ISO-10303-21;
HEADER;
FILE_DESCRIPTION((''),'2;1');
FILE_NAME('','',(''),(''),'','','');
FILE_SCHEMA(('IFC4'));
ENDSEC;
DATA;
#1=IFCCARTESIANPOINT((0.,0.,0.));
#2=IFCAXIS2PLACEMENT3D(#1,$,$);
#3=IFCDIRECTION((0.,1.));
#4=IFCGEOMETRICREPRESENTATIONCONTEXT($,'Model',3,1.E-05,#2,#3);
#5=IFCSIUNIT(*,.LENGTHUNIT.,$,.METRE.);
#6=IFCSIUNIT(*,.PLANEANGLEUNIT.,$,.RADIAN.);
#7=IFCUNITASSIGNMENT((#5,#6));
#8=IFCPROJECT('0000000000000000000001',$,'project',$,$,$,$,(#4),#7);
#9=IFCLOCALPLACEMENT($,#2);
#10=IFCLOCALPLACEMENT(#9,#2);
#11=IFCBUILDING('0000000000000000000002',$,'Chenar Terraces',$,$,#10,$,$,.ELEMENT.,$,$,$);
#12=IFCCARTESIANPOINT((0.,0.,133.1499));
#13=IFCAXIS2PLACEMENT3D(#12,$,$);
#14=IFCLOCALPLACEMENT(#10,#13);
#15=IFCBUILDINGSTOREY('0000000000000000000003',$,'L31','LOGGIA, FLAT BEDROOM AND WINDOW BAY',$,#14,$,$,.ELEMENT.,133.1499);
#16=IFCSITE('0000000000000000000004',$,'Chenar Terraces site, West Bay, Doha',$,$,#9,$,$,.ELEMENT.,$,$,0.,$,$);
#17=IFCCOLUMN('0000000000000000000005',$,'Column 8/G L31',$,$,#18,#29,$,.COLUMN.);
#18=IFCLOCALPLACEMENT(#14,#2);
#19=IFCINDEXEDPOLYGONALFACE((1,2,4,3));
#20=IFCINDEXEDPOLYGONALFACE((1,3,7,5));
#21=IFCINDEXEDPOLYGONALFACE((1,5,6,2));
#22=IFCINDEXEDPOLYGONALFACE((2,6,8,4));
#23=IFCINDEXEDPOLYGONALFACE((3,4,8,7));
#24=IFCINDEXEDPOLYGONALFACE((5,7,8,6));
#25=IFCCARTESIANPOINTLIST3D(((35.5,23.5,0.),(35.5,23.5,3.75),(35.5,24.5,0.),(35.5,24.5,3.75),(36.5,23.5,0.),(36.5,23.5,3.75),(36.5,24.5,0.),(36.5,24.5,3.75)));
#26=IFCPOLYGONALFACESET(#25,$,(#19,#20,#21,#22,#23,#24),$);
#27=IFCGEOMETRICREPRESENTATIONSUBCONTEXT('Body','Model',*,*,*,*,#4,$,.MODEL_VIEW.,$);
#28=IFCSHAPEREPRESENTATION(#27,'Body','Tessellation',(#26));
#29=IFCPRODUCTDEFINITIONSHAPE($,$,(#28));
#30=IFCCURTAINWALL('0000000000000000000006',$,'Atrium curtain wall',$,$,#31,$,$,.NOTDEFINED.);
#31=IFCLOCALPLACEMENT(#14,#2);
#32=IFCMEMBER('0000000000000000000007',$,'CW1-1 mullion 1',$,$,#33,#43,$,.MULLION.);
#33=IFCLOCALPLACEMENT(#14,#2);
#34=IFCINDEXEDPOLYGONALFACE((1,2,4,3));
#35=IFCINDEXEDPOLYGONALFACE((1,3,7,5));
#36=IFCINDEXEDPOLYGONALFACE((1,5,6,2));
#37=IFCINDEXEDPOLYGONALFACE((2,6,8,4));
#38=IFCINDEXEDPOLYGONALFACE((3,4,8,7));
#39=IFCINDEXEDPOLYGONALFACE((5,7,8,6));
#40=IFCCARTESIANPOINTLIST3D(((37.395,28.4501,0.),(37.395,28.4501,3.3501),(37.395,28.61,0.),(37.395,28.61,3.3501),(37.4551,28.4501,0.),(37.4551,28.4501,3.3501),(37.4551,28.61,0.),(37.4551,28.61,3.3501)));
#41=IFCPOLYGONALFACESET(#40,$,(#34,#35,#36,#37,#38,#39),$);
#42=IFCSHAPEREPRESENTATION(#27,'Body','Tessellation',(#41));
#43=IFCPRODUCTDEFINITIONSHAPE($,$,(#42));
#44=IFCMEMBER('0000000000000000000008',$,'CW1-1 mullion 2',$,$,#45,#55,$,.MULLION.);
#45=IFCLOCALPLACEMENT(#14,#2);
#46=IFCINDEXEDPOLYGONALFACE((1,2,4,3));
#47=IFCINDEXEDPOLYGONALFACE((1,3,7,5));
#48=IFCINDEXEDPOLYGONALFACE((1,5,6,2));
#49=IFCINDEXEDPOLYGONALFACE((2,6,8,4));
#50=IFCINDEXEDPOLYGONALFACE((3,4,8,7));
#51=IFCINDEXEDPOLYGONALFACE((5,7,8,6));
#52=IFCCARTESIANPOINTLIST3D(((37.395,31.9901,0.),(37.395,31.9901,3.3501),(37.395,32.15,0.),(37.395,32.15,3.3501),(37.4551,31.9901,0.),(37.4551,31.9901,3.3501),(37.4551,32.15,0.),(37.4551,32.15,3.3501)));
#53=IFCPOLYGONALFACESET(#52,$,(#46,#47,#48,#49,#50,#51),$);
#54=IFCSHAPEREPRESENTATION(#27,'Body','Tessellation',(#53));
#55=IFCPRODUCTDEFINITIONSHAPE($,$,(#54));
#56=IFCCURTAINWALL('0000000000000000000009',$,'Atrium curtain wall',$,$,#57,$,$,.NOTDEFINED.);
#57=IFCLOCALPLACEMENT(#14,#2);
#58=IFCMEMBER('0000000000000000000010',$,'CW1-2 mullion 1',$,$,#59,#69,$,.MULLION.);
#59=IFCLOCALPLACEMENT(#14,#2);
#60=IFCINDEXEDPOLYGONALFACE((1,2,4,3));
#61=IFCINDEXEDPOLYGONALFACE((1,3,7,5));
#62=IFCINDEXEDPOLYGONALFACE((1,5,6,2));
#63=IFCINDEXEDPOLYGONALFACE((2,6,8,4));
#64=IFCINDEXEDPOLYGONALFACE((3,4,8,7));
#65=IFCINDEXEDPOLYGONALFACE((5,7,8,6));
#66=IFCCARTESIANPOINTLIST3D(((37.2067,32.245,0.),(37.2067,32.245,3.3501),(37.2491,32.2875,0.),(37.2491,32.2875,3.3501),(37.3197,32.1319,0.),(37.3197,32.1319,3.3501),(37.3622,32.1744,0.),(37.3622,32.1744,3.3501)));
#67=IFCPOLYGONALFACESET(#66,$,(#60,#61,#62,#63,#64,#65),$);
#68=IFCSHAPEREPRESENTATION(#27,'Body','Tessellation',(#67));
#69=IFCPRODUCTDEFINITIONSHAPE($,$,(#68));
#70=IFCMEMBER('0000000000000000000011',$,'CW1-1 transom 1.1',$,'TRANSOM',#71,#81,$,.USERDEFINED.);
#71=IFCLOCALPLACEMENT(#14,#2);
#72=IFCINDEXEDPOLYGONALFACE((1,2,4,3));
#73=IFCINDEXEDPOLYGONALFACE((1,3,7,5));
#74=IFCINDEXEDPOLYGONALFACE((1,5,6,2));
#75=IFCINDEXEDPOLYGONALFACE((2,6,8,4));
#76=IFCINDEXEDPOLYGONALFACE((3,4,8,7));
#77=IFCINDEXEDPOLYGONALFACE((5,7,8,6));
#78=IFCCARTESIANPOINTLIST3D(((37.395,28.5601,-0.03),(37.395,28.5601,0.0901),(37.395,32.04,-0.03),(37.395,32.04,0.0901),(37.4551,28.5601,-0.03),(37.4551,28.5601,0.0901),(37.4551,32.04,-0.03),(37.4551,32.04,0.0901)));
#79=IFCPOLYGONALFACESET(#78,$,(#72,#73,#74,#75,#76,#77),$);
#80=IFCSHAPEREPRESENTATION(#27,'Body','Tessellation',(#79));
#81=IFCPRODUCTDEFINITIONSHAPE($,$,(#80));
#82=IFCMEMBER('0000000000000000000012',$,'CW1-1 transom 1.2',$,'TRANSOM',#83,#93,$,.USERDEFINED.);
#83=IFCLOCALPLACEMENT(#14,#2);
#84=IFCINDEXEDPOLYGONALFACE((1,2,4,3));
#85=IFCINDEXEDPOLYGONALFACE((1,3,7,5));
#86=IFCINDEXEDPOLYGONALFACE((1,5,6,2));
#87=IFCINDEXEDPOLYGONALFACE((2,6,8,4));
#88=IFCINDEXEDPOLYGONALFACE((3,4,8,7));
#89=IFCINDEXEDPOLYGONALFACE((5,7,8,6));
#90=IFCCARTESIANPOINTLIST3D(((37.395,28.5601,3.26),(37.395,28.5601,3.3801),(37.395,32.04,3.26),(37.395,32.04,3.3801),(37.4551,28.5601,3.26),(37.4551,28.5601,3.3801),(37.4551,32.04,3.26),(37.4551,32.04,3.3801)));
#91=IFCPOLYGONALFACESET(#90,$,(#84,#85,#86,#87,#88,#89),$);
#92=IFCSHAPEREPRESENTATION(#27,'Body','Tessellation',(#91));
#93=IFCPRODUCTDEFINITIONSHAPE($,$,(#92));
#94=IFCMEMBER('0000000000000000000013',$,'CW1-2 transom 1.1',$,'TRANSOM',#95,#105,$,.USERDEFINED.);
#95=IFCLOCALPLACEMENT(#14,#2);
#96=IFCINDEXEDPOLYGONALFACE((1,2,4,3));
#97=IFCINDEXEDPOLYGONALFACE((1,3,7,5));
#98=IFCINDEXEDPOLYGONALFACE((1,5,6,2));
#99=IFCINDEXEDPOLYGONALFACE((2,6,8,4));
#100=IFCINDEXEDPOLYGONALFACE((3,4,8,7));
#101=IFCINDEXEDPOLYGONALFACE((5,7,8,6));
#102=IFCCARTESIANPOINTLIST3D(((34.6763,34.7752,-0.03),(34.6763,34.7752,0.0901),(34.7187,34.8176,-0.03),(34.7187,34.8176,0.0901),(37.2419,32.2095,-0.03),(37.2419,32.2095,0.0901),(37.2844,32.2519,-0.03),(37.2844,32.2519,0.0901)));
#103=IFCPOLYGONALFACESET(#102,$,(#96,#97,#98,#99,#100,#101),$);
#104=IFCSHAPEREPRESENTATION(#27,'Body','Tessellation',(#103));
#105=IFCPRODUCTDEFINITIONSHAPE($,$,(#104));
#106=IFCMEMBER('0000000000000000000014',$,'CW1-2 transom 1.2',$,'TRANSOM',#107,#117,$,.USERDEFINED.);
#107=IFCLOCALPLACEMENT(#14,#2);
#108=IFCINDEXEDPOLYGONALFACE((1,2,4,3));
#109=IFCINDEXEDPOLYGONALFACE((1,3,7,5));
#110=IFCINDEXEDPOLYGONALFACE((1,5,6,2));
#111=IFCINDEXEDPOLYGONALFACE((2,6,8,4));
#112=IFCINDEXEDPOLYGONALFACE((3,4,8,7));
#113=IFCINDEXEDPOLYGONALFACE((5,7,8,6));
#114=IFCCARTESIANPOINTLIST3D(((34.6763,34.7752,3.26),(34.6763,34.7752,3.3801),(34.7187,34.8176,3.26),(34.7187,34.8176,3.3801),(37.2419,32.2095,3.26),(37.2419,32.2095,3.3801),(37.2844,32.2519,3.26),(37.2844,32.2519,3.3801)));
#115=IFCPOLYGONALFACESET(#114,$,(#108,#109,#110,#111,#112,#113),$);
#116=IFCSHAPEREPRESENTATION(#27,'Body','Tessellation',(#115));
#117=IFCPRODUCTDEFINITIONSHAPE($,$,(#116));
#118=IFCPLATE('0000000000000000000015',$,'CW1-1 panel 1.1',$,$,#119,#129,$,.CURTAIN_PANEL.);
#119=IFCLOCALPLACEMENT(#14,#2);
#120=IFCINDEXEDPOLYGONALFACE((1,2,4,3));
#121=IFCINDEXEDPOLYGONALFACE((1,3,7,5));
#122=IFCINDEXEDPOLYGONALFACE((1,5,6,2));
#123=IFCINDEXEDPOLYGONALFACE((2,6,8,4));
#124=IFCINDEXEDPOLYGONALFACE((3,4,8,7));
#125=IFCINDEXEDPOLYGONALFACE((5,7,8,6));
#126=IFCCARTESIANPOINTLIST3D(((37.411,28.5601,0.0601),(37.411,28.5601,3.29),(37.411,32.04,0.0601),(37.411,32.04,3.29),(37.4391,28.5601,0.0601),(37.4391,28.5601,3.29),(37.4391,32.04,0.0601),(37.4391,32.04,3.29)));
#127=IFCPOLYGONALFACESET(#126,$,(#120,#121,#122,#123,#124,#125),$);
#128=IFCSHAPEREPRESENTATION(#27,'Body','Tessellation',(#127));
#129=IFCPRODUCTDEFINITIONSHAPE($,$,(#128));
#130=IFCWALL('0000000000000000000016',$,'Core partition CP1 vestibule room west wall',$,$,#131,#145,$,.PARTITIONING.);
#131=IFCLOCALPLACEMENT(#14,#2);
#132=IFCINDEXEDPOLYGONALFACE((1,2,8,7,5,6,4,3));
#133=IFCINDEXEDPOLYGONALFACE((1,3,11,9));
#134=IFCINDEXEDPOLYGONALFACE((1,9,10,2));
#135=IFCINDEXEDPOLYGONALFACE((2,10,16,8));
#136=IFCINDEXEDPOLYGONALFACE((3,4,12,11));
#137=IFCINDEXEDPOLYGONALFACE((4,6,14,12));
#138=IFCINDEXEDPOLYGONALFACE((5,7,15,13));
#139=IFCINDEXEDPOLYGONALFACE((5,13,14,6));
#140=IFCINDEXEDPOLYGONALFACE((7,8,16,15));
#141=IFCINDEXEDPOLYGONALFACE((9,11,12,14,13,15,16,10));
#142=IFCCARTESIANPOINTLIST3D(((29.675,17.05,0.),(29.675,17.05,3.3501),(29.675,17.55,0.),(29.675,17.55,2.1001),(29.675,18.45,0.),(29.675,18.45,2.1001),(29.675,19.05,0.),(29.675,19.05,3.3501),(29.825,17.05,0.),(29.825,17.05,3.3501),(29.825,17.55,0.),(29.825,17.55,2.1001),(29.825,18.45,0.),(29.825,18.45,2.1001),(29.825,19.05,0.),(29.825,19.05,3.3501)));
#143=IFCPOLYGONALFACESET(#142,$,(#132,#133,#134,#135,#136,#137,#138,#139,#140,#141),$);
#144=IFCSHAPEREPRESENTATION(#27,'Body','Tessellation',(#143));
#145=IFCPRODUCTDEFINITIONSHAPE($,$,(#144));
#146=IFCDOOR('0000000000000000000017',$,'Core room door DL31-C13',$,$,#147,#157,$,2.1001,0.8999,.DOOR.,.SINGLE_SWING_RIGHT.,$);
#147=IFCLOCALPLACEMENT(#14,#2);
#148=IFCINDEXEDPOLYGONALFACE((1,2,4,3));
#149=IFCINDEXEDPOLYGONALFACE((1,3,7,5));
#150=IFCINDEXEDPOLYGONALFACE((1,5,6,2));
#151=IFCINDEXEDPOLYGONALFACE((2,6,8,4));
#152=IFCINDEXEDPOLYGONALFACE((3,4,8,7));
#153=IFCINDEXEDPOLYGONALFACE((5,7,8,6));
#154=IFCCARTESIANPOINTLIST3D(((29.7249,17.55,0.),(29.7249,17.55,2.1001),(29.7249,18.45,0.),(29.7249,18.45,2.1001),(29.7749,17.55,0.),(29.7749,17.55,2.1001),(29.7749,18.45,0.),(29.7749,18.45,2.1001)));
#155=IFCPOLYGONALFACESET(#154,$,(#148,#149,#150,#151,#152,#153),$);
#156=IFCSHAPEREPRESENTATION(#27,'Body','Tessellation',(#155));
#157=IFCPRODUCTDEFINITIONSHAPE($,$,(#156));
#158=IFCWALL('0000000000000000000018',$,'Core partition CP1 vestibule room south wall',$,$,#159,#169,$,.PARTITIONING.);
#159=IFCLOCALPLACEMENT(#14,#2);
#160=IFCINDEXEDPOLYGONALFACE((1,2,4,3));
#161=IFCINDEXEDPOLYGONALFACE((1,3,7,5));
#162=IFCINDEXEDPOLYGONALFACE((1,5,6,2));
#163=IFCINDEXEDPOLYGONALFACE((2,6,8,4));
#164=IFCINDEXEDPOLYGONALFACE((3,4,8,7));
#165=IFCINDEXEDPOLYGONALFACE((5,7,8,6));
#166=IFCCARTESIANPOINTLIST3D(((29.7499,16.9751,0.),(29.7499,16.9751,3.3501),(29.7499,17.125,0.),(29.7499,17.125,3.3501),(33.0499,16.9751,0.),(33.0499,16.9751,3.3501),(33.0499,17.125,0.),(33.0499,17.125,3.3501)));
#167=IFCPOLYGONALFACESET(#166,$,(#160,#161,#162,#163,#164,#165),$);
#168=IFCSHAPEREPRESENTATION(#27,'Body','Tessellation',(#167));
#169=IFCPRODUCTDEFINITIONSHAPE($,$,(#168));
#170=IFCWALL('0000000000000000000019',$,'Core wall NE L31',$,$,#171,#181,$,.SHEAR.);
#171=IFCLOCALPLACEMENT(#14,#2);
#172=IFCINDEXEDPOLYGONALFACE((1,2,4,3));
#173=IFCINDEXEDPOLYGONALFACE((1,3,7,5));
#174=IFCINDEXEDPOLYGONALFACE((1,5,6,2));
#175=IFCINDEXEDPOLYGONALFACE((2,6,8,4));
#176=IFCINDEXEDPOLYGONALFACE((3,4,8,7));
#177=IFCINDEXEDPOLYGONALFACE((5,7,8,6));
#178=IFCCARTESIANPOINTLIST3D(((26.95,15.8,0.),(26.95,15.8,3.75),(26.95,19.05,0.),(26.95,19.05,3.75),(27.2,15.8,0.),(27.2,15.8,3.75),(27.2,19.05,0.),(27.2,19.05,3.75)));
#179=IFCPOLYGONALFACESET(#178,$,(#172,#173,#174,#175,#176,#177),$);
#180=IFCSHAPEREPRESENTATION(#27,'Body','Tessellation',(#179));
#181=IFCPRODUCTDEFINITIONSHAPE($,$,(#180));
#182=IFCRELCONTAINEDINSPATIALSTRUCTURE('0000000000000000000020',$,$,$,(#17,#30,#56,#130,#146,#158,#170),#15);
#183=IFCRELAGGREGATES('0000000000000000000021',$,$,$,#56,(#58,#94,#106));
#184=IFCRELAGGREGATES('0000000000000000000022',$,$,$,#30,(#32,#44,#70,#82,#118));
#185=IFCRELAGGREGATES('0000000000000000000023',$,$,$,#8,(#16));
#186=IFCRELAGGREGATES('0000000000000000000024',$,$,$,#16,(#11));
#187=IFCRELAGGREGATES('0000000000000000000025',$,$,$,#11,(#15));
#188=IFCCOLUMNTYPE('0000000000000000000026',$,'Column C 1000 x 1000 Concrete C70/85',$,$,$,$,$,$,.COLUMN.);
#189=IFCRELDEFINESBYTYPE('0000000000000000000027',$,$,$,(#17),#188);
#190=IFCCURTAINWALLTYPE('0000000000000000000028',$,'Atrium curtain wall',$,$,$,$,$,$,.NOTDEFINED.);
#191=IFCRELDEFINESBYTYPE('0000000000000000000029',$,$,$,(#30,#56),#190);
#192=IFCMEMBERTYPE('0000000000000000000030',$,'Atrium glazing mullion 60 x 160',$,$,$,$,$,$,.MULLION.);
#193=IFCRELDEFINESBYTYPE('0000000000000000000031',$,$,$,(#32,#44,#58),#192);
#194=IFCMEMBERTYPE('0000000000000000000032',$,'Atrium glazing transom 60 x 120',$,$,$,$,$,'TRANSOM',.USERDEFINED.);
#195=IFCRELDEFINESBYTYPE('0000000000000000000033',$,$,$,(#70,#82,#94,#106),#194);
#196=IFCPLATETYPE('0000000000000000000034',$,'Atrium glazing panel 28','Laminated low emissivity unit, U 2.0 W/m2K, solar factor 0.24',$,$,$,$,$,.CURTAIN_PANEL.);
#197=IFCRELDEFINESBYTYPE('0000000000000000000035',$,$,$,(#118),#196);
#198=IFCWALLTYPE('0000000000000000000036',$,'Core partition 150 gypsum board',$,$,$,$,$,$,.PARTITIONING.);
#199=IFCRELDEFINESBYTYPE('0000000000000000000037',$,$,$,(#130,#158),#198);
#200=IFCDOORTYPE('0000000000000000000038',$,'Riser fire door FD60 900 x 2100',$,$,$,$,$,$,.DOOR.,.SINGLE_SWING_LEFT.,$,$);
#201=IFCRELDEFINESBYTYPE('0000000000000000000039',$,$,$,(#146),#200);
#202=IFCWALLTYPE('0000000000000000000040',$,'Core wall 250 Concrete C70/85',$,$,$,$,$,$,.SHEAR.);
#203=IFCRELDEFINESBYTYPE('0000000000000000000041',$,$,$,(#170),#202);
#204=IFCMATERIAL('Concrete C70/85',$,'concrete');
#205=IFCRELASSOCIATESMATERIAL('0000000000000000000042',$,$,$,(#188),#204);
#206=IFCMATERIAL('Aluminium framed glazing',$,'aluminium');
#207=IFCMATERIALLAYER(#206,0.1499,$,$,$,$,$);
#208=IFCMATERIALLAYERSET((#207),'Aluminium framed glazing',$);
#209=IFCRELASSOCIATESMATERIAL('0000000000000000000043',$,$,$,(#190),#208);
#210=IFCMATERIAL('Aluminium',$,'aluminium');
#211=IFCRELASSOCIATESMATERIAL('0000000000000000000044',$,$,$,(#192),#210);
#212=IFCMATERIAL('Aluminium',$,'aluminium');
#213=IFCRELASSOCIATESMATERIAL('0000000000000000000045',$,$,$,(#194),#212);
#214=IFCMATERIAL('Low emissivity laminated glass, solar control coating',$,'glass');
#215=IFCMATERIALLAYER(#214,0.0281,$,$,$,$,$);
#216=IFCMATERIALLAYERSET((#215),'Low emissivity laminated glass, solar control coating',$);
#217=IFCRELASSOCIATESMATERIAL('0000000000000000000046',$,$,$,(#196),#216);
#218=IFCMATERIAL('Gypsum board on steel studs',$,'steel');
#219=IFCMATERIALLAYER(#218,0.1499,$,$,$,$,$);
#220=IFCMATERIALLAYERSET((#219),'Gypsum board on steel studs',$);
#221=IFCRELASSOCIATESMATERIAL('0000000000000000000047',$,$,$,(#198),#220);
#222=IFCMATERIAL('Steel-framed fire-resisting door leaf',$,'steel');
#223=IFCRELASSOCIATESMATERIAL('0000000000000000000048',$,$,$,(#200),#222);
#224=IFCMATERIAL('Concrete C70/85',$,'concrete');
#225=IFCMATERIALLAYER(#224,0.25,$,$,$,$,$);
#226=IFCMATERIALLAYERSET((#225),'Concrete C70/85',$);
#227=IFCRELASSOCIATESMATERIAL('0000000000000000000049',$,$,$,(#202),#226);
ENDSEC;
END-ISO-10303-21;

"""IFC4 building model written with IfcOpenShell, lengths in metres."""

from ifc_helpers import new_model, si_unit, direction, frame, frame_2d, origin, origin_2d, place, context, subcontext, project, spatial, rectangle, extrude, material, layer, layer_set, material_profile, profile_set, type_object, element, fill, aggregate, save


model = new_model("IFC4")

# Units and contexts
model_context = context("Model", 3, precision=1e-05, world=origin(), true_north=direction((0.0, 1.0)))
body_context = subcontext(model_context, "Body", "Model", "MODEL_VIEW")
ifc_project = project(units=[si_unit("LENGTHUNIT", "METRE"), si_unit("PLANEANGLEUNIT", "RADIAN")], contexts=[model_context])

# Site, building, storey
site_placement = place(None, origin())
site = spatial("IfcSite", under=ifc_project, at=site_placement, Name="Chenar Terraces site, West Bay, Doha", CompositionType="ELEMENT", RefElevation=0.0)
building_placement = place(site_placement, origin())
building = spatial("IfcBuilding", under=site, at=building_placement, Name="Chenar Terraces", CompositionType="ELEMENT")
storey_placement = place(building_placement, frame((0.0, 0.0, 133.1499)))
storey = spatial("IfcBuildingStorey", under=building, at=storey_placement, Name="L31", Description="LOGGIA, FLAT BEDROOM AND WINDOW BAY", CompositionType="ELEMENT", Elevation=133.1499)

# Column
ifc_material_1 = material(Name="Concrete C70/85", Category="concrete")
ifc_material_profile_1 = material_profile(ifc_material_1, rectangle(XDim=1.0, YDim=1.0, at=origin_2d()), Name="C 1000 x 1000")
ifc_profile_set_1 = profile_set([ifc_material_profile_1], Name="Concrete C70/85")
column_type = type_object("IfcColumnType", Name="Column C 1000 x 1000 Concrete C70/85", PredefinedType="COLUMN", material=ifc_profile_set_1)
column_placement = place(storey_placement, frame((36.0, 24.0, 0.0), z_axis=(0.0, 0.0, 1.0), x_axis=(1.0, 0.0, 0.0)))
element("IfcColumn", 1, at=column_placement, inside=storey, type_object=column_type, Name="Column 8/G L31", PredefinedType="COLUMN", context=body_context, shape_type="SweptSolid", body=[
    extrude(rectangle(XDim=1.0, YDim=1.0, at=origin_2d()), origin(), (0.0, 0.0, 1.0), 3.75),
])

# Curtain wall, members
ifc_material_2 = material(Name="Aluminium framed glazing", Category="aluminium")
ifc_layer_1 = layer(ifc_material_2, 0.1499)
ifc_layer_set_1 = layer_set([ifc_layer_1], Name="Aluminium framed glazing")
curtain_wall_type = type_object("IfcCurtainWallType", Name="Atrium curtain wall", PredefinedType="NOTDEFINED", material=ifc_layer_set_1)
placement = place(storey_placement, origin())
curtain_wall_1 = element("IfcCurtainWall", 2, at=placement, inside=storey, type_object=curtain_wall_type, Name="Atrium curtain wall", PredefinedType="NOTDEFINED")
ifc_material_3 = material(Name="Aluminium", Category="aluminium")
ifc_material_profile_2 = material_profile(ifc_material_3, rectangle(XDim=0.0601, YDim=0.1599, at=origin_2d()), Name="Atrium glazing mullion 60 x 160")
ifc_profile_set_2 = profile_set([ifc_material_profile_2], Name="Aluminium")
member_type_1 = type_object("IfcMemberType", Name="Atrium glazing mullion 60 x 160", PredefinedType="MULLION", material=ifc_profile_set_2)
member_1_placement = place(storey_placement, frame((37.425, 28.53, 0.0), z_axis=(0.0, 0.0, 1.0), x_axis=(-1.0, 0.0, 0.0)))
member_1 = element("IfcMember", 3, at=member_1_placement, type_object=member_type_1, Name="CW1-1 mullion 1", PredefinedType="MULLION", context=body_context, shape_type="SweptSolid", body=[
    extrude(rectangle(XDim=0.0601, YDim=0.1599, at=origin_2d()), origin(), (0.0, 0.0, 1.0), 3.3501),
])
member_2_placement = place(storey_placement, frame((37.425, 32.0701, 0.0), z_axis=(0.0, 0.0, 1.0), x_axis=(-1.0, 0.0, 0.0)))
member_2 = element("IfcMember", 4, at=member_2_placement, type_object=member_type_1, Name="CW1-1 mullion 2", PredefinedType="MULLION", context=body_context, shape_type="SweptSolid", body=[
    extrude(rectangle(XDim=0.0601, YDim=0.1599, at=origin_2d()), origin(), (0.0, 0.0, 1.0), 3.3501),
])

# Curtain wall, member
curtain_wall_2 = element("IfcCurtainWall", 5, at=placement, inside=storey, type_object=curtain_wall_type, Name="Atrium curtain wall", PredefinedType="NOTDEFINED")
member_3_placement = place(storey_placement, frame((37.2844, 32.2097, 0.0), z_axis=(0.0, 0.0, 1.0), x_axis=(-0.707107, -0.707107, 0.0)))
member_3 = element("IfcMember", 6, at=member_3_placement, type_object=member_type_1, Name="CW1-2 mullion 1", PredefinedType="MULLION", context=body_context, shape_type="SweptSolid", body=[
    extrude(rectangle(XDim=0.0601, YDim=0.1599, at=origin_2d()), origin(), (0.0, 0.0, 1.0), 3.3501),
])

# Members
ifc_material_4 = material(Name="Aluminium", Category="aluminium")
ifc_material_profile_3 = material_profile(ifc_material_4, rectangle(XDim=0.0601, YDim=0.1201, at=origin_2d()), Name="Atrium glazing transom 60 x 120")
ifc_profile_set_3 = profile_set([ifc_material_profile_3], Name="Aluminium")
member_type_2 = type_object("IfcMemberType", Name="Atrium glazing transom 60 x 120", ElementType="TRANSOM", PredefinedType="USERDEFINED", material=ifc_profile_set_3)
member_4_placement = place(storey_placement, frame((37.425, 28.5601, 0.03), z_axis=(0.0, 1.0, 0.0), x_axis=(-1.0, 0.0, 0.0)))
member_4 = element("IfcMember", 7, at=member_4_placement, type_object=member_type_2, Name="CW1-1 transom 1.1", ObjectType="TRANSOM", PredefinedType="USERDEFINED", context=body_context, shape_type="SweptSolid", body=[
    extrude(rectangle(XDim=0.0601, YDim=0.1201, at=origin_2d()), origin(), (0.0, 0.0, 1.0), 3.48),
])
member_5_placement = place(storey_placement, frame((37.425, 28.5601, 3.3201), z_axis=(0.0, 1.0, 0.0), x_axis=(-1.0, 0.0, 0.0)))
member_5 = element("IfcMember", 8, at=member_5_placement, type_object=member_type_2, Name="CW1-1 transom 1.2", ObjectType="TRANSOM", PredefinedType="USERDEFINED", context=body_context, shape_type="SweptSolid", body=[
    extrude(rectangle(XDim=0.0601, YDim=0.1201, at=origin_2d()), origin(), (0.0, 0.0, 1.0), 3.48),
])
member_6_placement = place(storey_placement, frame((37.2632, 32.2307, 0.03), z_axis=(-0.707107, 0.707107, 0.0), x_axis=(-0.707107, -0.707107, 0.0)))
member_6 = element("IfcMember", 9, at=member_6_placement, type_object=member_type_2, Name="CW1-2 transom 1.1", ObjectType="TRANSOM", PredefinedType="USERDEFINED", context=body_context, shape_type="SweptSolid", body=[
    extrude(rectangle(XDim=0.0601, YDim=0.1201, at=origin_2d()), origin(), (0.0, 0.0, 1.0), 3.6284),
])
member_7_placement = place(storey_placement, frame((37.2632, 32.2307, 3.3201), z_axis=(-0.707107, 0.707107, 0.0), x_axis=(-0.707107, -0.707107, 0.0)))
member_7 = element("IfcMember", 10, at=member_7_placement, type_object=member_type_2, Name="CW1-2 transom 1.2", ObjectType="TRANSOM", PredefinedType="USERDEFINED", context=body_context, shape_type="SweptSolid", body=[
    extrude(rectangle(XDim=0.0601, YDim=0.1201, at=origin_2d()), origin(), (0.0, 0.0, 1.0), 3.6284),
])
aggregate(curtain_wall_2, [member_3, member_6, member_7])

# Plate
ifc_material_5 = material(Name="Low emissivity laminated glass, solar control coating", Category="glass")
ifc_layer_2 = layer(ifc_material_5, 0.0281)
ifc_layer_set_2 = layer_set([ifc_layer_2], Name="Low emissivity laminated glass, solar control coating")
plate_type = type_object("IfcPlateType", Name="Atrium glazing panel 28", Description="Laminated low emissivity unit, U 2.0 W/m2K, solar factor 0.24", PredefinedType="CURTAIN_PANEL", material=ifc_layer_set_2)
plate_placement = place(storey_placement, frame((37.425, 30.3, 0.0601), z_axis=(0.0, 0.0, 1.0), x_axis=(0.0, 1.0, 0.0)))
plate = element("IfcPlate", 11, at=plate_placement, type_object=plate_type, Name="CW1-1 panel 1.1", PredefinedType="CURTAIN_PANEL", context=body_context, shape_type="SweptSolid", body=[
    extrude(rectangle(XDim=3.48, YDim=0.0281, at=origin_2d()), origin(), (0.0, 0.0, 1.0), 3.23),
])
aggregate(curtain_wall_1, [member_1, member_2, member_4, member_5, plate])

# Wall, opening, door
ifc_material_6 = material(Name="Gypsum board on steel studs", Category="steel")
ifc_layer_3 = layer(ifc_material_6, 0.1499)
ifc_layer_set_3 = layer_set([ifc_layer_3], Name="Gypsum board on steel studs")
wall_type_1 = type_object("IfcWallType", Name="Core partition 150 gypsum board", PredefinedType="PARTITIONING", material=ifc_layer_set_3)
wall_1_placement = place(storey_placement, frame((29.75, 17.05, 0.0), z_axis=(0.0, 0.0, 1.0), x_axis=(0.0, 1.0, 0.0)))
wall_1 = element("IfcWall", 12, at=wall_1_placement, inside=storey, type_object=wall_type_1, Name="Core partition CP1 vestibule room west wall", PredefinedType="PARTITIONING", context=body_context, shape_type="SweptSolid", body=[
    extrude(rectangle(XDim=2.0, YDim=0.1499, at=frame_2d((1.0, 0.0))), origin(), (0.0, 0.0, 1.0), 3.3501),
])
opening_1_placement = place(wall_1_placement, frame((0.5, 0.0, 0.0)))
opening_1 = element("IfcOpeningElement", 13, at=opening_1_placement, cuts=wall_1, PredefinedType="OPENING", context=body_context, shape_type="SweptSolid", body=[
    extrude(rectangle(XDim=0.8999, YDim=2.1001, at=frame_2d((0.45, 1.05))), frame((0.0, 0.085, 0.0), z_axis=(0.0, -1.0, 0.0), x_axis=(1.0, 0.0, 0.0)), (0.0, 0.0, 1.0), 0.1699),
])
ifc_material_7 = material(Name="Steel-framed fire-resisting door leaf", Category="steel")
door_type = type_object("IfcDoorType", Name="Riser fire door FD60 900 x 2100", OperationType="SINGLE_SWING_LEFT", PredefinedType="DOOR", material=ifc_material_7)
door_placement = place(opening_1_placement, frame((0.8999, 0.0, 0.0), z_axis=(0.0, 0.0, 1.0), x_axis=(-1.0, 0.0, 0.0)))
door = element("IfcDoor", 14, at=door_placement, inside=storey, type_object=door_type, Name="Core room door DL31-C13", OperationType="SINGLE_SWING_RIGHT", OverallHeight=2.1001, OverallWidth=0.8999, PredefinedType="DOOR", context=body_context, shape_type="SweptSolid", body=[
    extrude(rectangle(XDim=0.8999, YDim=2.1001, at=frame_2d((0.45, 1.05))), frame((0.0, 0.0249, 0.0), z_axis=(0.0, -1.0, 0.0), x_axis=(1.0, 0.0, 0.0)), (0.0, 0.0, 1.0), 0.05),
])
fill(opening_1, door)

# Walls
wall_2_placement = place(storey_placement, frame((29.75, 17.05, 0.0), z_axis=(0.0, 0.0, 1.0), x_axis=(1.0, 0.0, 0.0)))
element("IfcWall", 15, at=wall_2_placement, inside=storey, type_object=wall_type_1, Name="Core partition CP1 vestibule room south wall", PredefinedType="PARTITIONING", context=body_context, shape_type="SweptSolid", body=[
    extrude(rectangle(XDim=3.3, YDim=0.1499, at=frame_2d((1.6499, 0.0))), origin(), (0.0, 0.0, 1.0), 3.3501),
])
ifc_material_8 = material(Name="Concrete C70/85", Category="concrete")
ifc_layer_4 = layer(ifc_material_8, 0.25)
ifc_layer_set_4 = layer_set([ifc_layer_4], Name="Concrete C70/85")
wall_type_2 = type_object("IfcWallType", Name="Core wall 250 Concrete C70/85", PredefinedType="SHEAR", material=ifc_layer_set_4)
wall_3_placement = place(storey_placement, frame((27.075, 15.8, 0.0), z_axis=(0.0, 0.0, 1.0), x_axis=(0.0, 1.0, 0.0)))
element("IfcWall", 16, at=wall_3_placement, inside=storey, type_object=wall_type_2, Name="Core wall NE L31", PredefinedType="SHEAR", context=body_context, shape_type="SweptSolid", body=[
    extrude(rectangle(XDim=3.25, YDim=0.25, at=frame_2d((1.625, 0.0))), origin(), (0.0, 0.0, 1.0), 3.75),
])

save(model, "model.ifc")
